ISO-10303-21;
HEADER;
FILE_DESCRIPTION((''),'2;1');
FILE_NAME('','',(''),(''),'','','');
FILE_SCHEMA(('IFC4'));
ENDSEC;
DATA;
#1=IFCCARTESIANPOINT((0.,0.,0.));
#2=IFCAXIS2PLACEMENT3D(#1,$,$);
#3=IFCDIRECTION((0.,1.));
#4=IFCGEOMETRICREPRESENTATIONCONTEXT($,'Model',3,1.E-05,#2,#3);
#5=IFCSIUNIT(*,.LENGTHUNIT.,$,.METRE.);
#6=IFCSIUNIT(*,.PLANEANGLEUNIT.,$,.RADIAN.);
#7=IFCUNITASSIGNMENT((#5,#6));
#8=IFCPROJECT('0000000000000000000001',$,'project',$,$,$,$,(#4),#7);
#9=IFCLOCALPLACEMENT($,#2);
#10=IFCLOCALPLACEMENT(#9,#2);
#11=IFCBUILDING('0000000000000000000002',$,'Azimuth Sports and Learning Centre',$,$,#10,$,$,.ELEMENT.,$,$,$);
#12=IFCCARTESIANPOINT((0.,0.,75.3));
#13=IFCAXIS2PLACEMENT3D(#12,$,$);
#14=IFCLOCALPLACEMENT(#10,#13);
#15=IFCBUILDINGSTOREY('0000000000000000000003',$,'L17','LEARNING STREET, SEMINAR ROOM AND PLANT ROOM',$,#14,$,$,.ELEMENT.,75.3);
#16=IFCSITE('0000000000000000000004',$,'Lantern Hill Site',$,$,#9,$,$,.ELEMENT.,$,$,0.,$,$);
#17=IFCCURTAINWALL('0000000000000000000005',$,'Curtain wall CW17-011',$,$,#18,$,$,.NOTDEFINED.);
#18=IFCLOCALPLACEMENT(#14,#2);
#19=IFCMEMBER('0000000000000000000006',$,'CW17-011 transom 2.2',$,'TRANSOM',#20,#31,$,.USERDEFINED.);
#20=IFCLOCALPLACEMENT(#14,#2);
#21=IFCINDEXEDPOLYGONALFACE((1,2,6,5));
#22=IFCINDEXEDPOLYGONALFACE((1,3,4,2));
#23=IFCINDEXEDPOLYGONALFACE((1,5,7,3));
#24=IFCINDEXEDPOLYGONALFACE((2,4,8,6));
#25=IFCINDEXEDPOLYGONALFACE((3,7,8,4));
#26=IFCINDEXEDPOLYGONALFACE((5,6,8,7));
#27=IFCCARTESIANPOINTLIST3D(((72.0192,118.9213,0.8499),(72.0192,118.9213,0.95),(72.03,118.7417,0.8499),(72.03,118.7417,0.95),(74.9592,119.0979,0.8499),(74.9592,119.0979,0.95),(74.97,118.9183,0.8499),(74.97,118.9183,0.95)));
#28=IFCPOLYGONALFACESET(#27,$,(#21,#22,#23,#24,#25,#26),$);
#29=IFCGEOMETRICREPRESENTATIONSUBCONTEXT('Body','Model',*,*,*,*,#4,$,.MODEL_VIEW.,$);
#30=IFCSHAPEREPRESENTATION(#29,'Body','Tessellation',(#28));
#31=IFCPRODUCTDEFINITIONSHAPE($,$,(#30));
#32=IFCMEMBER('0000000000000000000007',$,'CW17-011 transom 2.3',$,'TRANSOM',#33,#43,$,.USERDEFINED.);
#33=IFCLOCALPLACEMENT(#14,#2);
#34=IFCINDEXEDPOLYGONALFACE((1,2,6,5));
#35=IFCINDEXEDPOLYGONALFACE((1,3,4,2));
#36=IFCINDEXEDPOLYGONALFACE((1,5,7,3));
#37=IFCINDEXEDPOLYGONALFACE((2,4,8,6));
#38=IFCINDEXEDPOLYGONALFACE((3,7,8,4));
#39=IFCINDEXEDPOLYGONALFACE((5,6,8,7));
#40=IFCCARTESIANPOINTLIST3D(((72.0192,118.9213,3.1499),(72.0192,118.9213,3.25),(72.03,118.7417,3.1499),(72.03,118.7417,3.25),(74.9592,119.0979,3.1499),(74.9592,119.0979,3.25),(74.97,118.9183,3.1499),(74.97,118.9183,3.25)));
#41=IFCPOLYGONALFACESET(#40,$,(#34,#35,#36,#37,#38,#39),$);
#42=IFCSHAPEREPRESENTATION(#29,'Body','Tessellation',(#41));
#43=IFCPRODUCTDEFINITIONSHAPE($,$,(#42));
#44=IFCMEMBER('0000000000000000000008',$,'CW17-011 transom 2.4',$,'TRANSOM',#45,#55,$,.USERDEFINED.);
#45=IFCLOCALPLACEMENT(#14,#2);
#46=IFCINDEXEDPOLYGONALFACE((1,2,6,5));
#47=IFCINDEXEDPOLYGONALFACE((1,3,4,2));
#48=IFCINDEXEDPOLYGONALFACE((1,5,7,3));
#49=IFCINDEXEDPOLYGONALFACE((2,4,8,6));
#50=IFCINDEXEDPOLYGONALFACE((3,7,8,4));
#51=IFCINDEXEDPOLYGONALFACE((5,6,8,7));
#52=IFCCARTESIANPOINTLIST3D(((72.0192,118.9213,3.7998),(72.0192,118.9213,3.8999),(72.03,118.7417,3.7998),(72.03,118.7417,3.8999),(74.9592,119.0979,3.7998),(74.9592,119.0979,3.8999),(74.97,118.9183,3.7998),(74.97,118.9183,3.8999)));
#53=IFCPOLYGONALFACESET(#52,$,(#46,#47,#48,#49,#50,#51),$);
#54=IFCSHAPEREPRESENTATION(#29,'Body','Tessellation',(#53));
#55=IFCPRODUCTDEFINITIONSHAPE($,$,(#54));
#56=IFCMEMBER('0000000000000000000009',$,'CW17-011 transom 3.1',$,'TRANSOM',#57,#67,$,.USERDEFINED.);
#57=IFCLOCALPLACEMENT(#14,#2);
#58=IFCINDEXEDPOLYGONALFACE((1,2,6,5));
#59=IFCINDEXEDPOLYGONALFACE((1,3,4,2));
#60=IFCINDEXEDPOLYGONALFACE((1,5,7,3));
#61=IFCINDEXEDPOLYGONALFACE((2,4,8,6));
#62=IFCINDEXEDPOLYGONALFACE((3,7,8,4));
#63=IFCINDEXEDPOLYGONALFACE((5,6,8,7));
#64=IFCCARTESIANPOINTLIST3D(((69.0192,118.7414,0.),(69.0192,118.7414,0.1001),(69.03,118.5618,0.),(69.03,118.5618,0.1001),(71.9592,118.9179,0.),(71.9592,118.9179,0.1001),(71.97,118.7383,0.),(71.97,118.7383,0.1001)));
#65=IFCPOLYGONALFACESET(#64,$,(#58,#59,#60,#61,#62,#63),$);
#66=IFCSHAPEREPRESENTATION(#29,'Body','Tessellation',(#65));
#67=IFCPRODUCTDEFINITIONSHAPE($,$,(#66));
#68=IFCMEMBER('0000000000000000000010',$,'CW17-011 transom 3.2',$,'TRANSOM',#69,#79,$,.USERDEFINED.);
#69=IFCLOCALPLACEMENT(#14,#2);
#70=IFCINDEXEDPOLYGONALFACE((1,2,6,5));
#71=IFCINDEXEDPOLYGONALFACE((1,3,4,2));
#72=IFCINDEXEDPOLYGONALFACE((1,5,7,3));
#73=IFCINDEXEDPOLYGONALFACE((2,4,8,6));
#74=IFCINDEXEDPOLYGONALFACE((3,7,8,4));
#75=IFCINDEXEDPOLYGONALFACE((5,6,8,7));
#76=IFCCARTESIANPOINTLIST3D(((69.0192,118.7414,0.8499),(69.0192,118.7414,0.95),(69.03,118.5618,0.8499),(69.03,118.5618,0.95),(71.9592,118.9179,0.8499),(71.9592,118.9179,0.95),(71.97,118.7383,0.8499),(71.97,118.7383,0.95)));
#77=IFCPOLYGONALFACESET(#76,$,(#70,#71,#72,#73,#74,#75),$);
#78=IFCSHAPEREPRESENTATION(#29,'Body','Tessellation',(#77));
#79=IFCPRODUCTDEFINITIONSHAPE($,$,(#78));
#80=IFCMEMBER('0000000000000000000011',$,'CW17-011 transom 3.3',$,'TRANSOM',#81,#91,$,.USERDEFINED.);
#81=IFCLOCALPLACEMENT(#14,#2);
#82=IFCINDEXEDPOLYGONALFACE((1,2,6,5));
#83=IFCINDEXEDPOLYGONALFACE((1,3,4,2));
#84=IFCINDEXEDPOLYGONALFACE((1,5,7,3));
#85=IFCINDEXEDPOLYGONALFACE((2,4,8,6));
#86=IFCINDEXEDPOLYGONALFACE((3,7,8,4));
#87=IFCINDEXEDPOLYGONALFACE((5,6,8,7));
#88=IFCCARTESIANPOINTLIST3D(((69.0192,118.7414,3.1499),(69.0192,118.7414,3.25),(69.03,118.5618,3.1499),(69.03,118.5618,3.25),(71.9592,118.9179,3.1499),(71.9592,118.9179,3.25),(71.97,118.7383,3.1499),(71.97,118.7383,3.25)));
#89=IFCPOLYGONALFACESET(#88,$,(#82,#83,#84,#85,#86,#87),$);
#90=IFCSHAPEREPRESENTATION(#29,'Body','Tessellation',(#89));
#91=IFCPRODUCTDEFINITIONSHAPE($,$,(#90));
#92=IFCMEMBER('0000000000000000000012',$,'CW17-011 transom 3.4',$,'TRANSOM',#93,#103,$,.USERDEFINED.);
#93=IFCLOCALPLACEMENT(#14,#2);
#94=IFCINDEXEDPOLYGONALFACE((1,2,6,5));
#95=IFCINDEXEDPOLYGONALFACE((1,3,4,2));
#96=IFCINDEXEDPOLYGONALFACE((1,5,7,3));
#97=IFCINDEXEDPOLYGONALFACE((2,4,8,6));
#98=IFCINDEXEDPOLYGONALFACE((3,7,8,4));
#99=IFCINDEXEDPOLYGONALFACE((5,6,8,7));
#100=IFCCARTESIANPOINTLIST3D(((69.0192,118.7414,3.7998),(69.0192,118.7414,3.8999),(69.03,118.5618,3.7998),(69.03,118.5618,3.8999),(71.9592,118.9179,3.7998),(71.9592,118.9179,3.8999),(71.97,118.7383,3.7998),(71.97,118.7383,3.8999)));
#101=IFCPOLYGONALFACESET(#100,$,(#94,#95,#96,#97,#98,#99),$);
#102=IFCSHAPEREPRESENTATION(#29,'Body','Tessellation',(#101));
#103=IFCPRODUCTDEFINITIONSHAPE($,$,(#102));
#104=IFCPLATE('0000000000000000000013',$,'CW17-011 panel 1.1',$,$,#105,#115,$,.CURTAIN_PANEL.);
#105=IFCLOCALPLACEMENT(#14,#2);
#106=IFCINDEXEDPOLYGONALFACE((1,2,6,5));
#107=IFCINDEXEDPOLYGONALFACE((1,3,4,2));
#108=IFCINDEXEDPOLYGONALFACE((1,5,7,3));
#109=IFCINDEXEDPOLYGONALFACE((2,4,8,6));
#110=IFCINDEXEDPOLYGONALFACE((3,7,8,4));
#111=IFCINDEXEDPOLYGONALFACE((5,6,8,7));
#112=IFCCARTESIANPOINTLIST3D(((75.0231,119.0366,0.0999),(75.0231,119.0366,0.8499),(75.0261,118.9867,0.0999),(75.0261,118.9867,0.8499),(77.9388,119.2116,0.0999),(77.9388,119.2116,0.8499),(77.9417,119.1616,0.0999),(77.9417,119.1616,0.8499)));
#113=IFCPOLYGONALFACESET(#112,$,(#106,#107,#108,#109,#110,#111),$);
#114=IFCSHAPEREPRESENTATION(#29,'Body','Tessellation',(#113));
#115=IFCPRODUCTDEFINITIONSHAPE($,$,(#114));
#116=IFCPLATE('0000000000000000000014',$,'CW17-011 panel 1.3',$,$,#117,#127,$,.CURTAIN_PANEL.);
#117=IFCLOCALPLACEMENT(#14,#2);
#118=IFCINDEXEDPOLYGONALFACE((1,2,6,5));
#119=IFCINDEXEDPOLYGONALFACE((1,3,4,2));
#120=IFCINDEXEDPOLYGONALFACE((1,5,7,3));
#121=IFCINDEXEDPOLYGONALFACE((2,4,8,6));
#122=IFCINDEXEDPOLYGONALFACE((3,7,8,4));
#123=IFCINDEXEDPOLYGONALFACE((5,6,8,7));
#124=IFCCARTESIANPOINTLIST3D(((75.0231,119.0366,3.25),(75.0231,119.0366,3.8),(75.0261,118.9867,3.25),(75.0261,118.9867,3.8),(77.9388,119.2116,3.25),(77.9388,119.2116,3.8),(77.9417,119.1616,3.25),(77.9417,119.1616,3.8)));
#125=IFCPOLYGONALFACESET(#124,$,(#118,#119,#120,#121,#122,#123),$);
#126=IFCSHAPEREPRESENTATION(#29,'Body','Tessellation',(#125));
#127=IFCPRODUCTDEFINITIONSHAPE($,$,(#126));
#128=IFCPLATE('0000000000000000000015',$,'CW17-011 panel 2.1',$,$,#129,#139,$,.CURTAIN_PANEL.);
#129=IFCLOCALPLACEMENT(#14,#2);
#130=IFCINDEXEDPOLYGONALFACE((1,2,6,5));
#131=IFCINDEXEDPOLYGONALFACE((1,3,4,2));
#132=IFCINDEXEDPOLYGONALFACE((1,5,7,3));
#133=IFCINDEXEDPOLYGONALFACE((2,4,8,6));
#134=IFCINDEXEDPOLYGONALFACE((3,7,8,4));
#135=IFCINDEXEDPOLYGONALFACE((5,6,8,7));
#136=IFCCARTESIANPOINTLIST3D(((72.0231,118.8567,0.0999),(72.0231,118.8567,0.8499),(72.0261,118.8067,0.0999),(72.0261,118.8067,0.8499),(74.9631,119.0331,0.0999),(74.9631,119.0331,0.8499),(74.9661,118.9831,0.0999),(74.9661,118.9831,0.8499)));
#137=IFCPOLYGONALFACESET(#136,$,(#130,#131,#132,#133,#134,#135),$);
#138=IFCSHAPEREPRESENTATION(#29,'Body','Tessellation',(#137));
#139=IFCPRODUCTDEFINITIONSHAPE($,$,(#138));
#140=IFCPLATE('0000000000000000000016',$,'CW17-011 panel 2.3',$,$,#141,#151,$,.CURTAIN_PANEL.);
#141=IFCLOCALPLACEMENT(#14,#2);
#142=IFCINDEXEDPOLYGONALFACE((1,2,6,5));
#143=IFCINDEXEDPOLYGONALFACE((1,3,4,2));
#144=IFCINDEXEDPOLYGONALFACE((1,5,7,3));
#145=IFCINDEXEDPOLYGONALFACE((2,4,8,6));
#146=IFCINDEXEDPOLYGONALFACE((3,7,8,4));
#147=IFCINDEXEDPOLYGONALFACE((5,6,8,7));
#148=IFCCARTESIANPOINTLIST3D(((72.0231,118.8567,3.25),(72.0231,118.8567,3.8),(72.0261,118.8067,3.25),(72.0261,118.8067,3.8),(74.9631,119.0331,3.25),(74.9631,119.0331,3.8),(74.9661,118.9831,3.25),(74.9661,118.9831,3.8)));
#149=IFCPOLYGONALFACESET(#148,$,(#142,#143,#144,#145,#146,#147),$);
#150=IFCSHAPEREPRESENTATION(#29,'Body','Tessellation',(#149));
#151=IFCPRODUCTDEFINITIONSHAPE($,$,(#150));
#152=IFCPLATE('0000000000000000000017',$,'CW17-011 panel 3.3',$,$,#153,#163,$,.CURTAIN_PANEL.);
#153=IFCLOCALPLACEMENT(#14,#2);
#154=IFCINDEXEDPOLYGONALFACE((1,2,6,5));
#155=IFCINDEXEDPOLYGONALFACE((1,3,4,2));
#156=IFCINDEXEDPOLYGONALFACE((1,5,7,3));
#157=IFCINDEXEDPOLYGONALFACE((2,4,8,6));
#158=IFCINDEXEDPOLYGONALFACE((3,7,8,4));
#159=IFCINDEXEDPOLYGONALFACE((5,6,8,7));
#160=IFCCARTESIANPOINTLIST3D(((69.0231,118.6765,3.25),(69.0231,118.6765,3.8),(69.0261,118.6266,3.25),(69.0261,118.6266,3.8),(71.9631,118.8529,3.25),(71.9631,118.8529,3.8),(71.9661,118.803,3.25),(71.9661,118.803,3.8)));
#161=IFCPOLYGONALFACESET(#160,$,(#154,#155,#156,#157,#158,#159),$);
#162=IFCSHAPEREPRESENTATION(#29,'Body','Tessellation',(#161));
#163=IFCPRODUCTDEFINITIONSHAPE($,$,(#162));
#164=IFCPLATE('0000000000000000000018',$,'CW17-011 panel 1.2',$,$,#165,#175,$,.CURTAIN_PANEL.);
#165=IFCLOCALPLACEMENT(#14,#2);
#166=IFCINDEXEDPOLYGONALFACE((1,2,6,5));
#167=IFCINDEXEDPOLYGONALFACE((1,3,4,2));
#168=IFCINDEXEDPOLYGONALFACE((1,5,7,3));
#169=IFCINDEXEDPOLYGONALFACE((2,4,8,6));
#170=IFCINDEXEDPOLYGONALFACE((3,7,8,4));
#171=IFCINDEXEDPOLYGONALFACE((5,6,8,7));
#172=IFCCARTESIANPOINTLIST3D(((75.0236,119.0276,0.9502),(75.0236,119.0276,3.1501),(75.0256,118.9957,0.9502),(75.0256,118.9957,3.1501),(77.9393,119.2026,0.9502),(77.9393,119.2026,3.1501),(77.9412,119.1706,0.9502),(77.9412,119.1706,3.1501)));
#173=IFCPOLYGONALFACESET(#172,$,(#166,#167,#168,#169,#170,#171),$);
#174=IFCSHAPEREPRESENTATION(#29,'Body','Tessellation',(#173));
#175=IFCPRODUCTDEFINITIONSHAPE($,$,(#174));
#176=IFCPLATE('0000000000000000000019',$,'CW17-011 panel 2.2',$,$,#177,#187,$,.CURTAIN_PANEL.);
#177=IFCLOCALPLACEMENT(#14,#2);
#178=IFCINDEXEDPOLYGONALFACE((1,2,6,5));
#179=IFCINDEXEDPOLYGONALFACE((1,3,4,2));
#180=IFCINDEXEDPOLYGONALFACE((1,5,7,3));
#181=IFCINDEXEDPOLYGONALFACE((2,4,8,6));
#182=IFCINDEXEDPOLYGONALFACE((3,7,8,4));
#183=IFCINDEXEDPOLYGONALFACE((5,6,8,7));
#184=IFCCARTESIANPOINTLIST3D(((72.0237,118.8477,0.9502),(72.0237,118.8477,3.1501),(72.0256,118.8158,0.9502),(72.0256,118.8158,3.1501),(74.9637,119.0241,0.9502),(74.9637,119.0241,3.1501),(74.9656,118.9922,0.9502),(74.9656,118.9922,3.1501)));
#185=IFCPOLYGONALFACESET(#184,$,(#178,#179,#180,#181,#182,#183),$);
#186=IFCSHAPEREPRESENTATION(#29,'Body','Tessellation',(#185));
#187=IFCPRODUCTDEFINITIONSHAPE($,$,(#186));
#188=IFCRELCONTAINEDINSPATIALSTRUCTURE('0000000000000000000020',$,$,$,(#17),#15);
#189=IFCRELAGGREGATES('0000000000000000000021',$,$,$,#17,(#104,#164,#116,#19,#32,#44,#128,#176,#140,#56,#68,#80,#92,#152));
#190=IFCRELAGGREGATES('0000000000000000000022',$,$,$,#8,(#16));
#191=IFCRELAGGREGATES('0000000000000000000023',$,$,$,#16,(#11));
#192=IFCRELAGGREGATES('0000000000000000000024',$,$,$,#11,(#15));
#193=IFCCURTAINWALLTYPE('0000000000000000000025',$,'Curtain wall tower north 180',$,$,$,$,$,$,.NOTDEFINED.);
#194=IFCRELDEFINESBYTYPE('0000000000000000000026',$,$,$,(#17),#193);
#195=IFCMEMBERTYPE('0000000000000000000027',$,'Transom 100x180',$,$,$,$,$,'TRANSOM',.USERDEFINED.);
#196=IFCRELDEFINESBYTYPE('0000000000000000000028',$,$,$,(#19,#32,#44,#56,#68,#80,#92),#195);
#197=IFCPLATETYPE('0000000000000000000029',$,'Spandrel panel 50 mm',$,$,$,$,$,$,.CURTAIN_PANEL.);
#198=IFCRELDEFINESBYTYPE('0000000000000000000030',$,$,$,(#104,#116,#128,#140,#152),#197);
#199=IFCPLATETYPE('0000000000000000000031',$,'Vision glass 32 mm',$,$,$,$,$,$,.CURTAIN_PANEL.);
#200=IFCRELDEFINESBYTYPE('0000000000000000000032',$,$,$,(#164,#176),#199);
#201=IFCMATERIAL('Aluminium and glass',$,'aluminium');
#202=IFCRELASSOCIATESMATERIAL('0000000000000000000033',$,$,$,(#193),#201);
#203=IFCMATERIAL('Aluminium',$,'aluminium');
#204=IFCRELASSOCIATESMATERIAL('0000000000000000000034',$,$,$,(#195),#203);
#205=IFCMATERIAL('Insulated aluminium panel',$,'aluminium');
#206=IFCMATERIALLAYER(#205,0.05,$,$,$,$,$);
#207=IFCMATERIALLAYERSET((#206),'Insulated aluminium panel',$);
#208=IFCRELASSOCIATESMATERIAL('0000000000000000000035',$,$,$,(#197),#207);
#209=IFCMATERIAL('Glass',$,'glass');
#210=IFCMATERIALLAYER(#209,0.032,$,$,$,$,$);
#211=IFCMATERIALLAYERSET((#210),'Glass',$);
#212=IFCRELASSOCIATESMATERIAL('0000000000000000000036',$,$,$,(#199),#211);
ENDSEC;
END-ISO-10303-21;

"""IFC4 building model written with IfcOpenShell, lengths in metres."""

from ifc_helpers import new_model, si_unit, direction, frame, origin, origin_2d, place, context, subcontext, project, spatial, rectangle, extrude, material, layer, layer_set, material_profile, profile_set, type_object, element, aggregate, save


model = new_model("IFC4")

# Units and contexts
model_context = context("Model", 3, precision=1e-05, world=origin(), true_north=direction((0.0, 1.0)))
body_context = subcontext(model_context, "Body", "Model", "MODEL_VIEW")
ifc_project = project(units=[si_unit("LENGTHUNIT", "METRE"), si_unit("PLANEANGLEUNIT", "RADIAN")], contexts=[model_context])

# Site, building, storey
site_placement = place(None, origin())
site = spatial("IfcSite", under=ifc_project, at=site_placement, Name="Lantern Hill Site", CompositionType="ELEMENT", RefElevation=0.0)
building_placement = place(site_placement, origin())
building = spatial("IfcBuilding", under=site, at=building_placement, Name="Azimuth Sports and Learning Centre", CompositionType="ELEMENT")
storey_placement = place(building_placement, frame((0.0, 0.0, 75.3)))
storey = spatial("IfcBuildingStorey", under=building, at=storey_placement, Name="L17", Description="LEARNING STREET, SEMINAR ROOM AND PLANT ROOM", CompositionType="ELEMENT", Elevation=75.3)

# Curtain wall, members, plates
ifc_material_1 = material(Name="Aluminium and glass", Category="aluminium")
curtain_wall_type = type_object("IfcCurtainWallType", Name="Curtain wall tower north 180", PredefinedType="NOTDEFINED", material=ifc_material_1)
curtain_wall_placement = place(storey_placement, origin())
curtain_wall = element("IfcCurtainWall", 1, at=curtain_wall_placement, inside=storey, type_object=curtain_wall_type, Name="Curtain wall CW17-011", PredefinedType="NOTDEFINED")
ifc_material_2 = material(Name="Aluminium", Category="aluminium")
ifc_material_profile_1 = material_profile(ifc_material_2, rectangle(XDim=0.1799, YDim=0.1001, at=origin_2d()), Name="Transom 100x180")
ifc_profile_set_1 = profile_set([ifc_material_profile_1], Name="Aluminium")
member_type_1 = type_object("IfcMemberType", Name="Transom 100x180", ElementType="TRANSOM", PredefinedType="USERDEFINED", material=ifc_profile_set_1)
member_1_placement = place(storey_placement, frame((74.9646, 119.0081, 0.8999), z_axis=(-0.998202, -0.059932, 0.0), x_axis=(0.059932, -0.998202, 0.0)))
member_1 = element("IfcMember", 2, at=member_1_placement, type_object=member_type_1, Name="CW17-011 transom 2.2", ObjectType="TRANSOM", PredefinedType="USERDEFINED", context=body_context, shape_type="SweptSolid", body=[
    extrude(rectangle(XDim=0.1799, YDim=0.1001, at=origin_2d()), origin(), (0.0, 0.0, 1.0), 2.9453),
])
member_2_placement = place(storey_placement, frame((74.9646, 119.0081, 3.2), z_axis=(-0.998202, -0.059932, 0.0), x_axis=(0.059932, -0.998202, 0.0)))
member_2 = element("IfcMember", 3, at=member_2_placement, type_object=member_type_1, Name="CW17-011 transom 2.3", ObjectType="TRANSOM", PredefinedType="USERDEFINED", context=body_context, shape_type="SweptSolid", body=[
    extrude(rectangle(XDim=0.1799, YDim=0.1001, at=origin_2d()), origin(), (0.0, 0.0, 1.0), 2.9453),
])
member_3_placement = place(storey_placement, frame((74.9646, 119.0081, 3.8499), z_axis=(-0.998202, -0.059932, 0.0), x_axis=(0.059932, -0.998202, 0.0)))
member_3 = element("IfcMember", 4, at=member_3_placement, type_object=member_type_1, Name="CW17-011 transom 2.4", ObjectType="TRANSOM", PredefinedType="USERDEFINED", context=body_context, shape_type="SweptSolid", body=[
    extrude(rectangle(XDim=0.1799, YDim=0.1001, at=origin_2d()), origin(), (0.0, 0.0, 1.0), 2.9453),
])
member_4_placement = place(storey_placement, frame((71.9646, 118.8281, 0.05), z_axis=(-0.998202, -0.059932, 0.0), x_axis=(0.059932, -0.998202, 0.0)))
member_4 = element("IfcMember", 5, at=member_4_placement, type_object=member_type_1, Name="CW17-011 transom 3.1", ObjectType="TRANSOM", PredefinedType="USERDEFINED", context=body_context, shape_type="SweptSolid", body=[
    extrude(rectangle(XDim=0.1799, YDim=0.1001, at=origin_2d()), origin(), (0.0, 0.0, 1.0), 2.9453),
])
member_5_placement = place(storey_placement, frame((71.9646, 118.8281, 0.8999), z_axis=(-0.998202, -0.059932, 0.0), x_axis=(0.059932, -0.998202, 0.0)))
member_5 = element("IfcMember", 6, at=member_5_placement, type_object=member_type_1, Name="CW17-011 transom 3.2", ObjectType="TRANSOM", PredefinedType="USERDEFINED", context=body_context, shape_type="SweptSolid", body=[
    extrude(rectangle(XDim=0.1799, YDim=0.1001, at=origin_2d()), origin(), (0.0, 0.0, 1.0), 2.9453),
])
member_6_placement = place(storey_placement, frame((71.9646, 118.8281, 3.2), z_axis=(-0.998202, -0.059932, 0.0), x_axis=(0.059932, -0.998202, 0.0)))
member_6 = element("IfcMember", 7, at=member_6_placement, type_object=member_type_1, Name="CW17-011 transom 3.3", ObjectType="TRANSOM", PredefinedType="USERDEFINED", context=body_context, shape_type="SweptSolid", body=[
    extrude(rectangle(XDim=0.1799, YDim=0.1001, at=origin_2d()), origin(), (0.0, 0.0, 1.0), 2.9453),
])
member_7_placement = place(storey_placement, frame((71.9646, 118.8281, 3.8499), z_axis=(-0.998202, -0.059932, 0.0), x_axis=(0.059932, -0.998202, 0.0)))
member_7 = element("IfcMember", 8, at=member_7_placement, type_object=member_type_1, Name="CW17-011 transom 3.4", ObjectType="TRANSOM", PredefinedType="USERDEFINED", context=body_context, shape_type="SweptSolid", body=[
    extrude(rectangle(XDim=0.1799, YDim=0.1001, at=origin_2d()), origin(), (0.0, 0.0, 1.0), 2.9453),
])
ifc_material_3 = material(Name="Insulated aluminium panel", Category="aluminium")
ifc_layer_1 = layer(ifc_material_3, 0.05)
ifc_layer_set_1 = layer_set([ifc_layer_1], Name="Insulated aluminium panel")
plate_type_1 = type_object("IfcPlateType", Name="Spandrel panel 50 mm", PredefinedType="CURTAIN_PANEL", material=ifc_layer_set_1)
plate_1_placement = place(storey_placement, frame((76.4824, 119.0991, 0.0999), z_axis=(0.0, 0.0, 1.0), x_axis=(-0.998205, -0.059892, 0.0)))
plate_1 = element("IfcPlate", 9, at=plate_1_placement, type_object=plate_type_1, Name="CW17-011 panel 1.1", PredefinedType="CURTAIN_PANEL", context=body_context, shape_type="SweptSolid", body=[
    extrude(rectangle(XDim=2.9209, YDim=0.05, at=origin_2d()), origin(), (0.0, 0.0, 1.0), 0.75),
])
plate_2_placement = place(storey_placement, frame((76.4824, 119.0991, 3.25), z_axis=(0.0, 0.0, 1.0), x_axis=(-0.998205, -0.059892, 0.0)))
plate_2 = element("IfcPlate", 10, at=plate_2_placement, type_object=plate_type_1, Name="CW17-011 panel 1.3", PredefinedType="CURTAIN_PANEL", context=body_context, shape_type="SweptSolid", body=[
    extrude(rectangle(XDim=2.9209, YDim=0.05, at=origin_2d()), origin(), (0.0, 0.0, 1.0), 0.55),
])
plate_3_placement = place(storey_placement, frame((73.4946, 118.9199, 0.0999), z_axis=(0.0, 0.0, 1.0), x_axis=(-0.998205, -0.059892, 0.0)))
plate_3 = element("IfcPlate", 11, at=plate_3_placement, type_object=plate_type_1, Name="CW17-011 panel 2.1", PredefinedType="CURTAIN_PANEL", context=body_context, shape_type="SweptSolid", body=[
    extrude(rectangle(XDim=2.9453, YDim=0.05, at=origin_2d()), origin(), (0.0, 0.0, 1.0), 0.75),
])
plate_4_placement = place(storey_placement, frame((73.4946, 118.9199, 3.25), z_axis=(0.0, 0.0, 1.0), x_axis=(-0.998205, -0.059892, 0.0)))
plate_4 = element("IfcPlate", 12, at=plate_4_placement, type_object=plate_type_1, Name="CW17-011 panel 2.3", PredefinedType="CURTAIN_PANEL", context=body_context, shape_type="SweptSolid", body=[
    extrude(rectangle(XDim=2.9453, YDim=0.05, at=origin_2d()), origin(), (0.0, 0.0, 1.0), 0.55),
])
plate_5_placement = place(storey_placement, frame((70.4946, 118.7397, 3.25), z_axis=(0.0, 0.0, 1.0), x_axis=(-0.998205, -0.059892, 0.0)))
plate_5 = element("IfcPlate", 13, at=plate_5_placement, type_object=plate_type_1, Name="CW17-011 panel 3.3", PredefinedType="CURTAIN_PANEL", context=body_context, shape_type="SweptSolid", body=[
    extrude(rectangle(XDim=2.9453, YDim=0.05, at=origin_2d()), origin(), (0.0, 0.0, 1.0), 0.55),
])
ifc_material_4 = material(Name="Glass", Category="glass")
ifc_layer_2 = layer(ifc_material_4, 0.032)
ifc_layer_set_2 = layer_set([ifc_layer_2], Name="Glass")
plate_type_2 = type_object("IfcPlateType", Name="Vision glass 32 mm", PredefinedType="CURTAIN_PANEL", material=ifc_layer_set_2)
plate_6_placement = place(storey_placement, frame((76.4824, 119.0991, 0.9502), z_axis=(0.0, 0.0, 1.0), x_axis=(-0.998205, -0.059892, 0.0)))
plate_6 = element("IfcPlate", 14, at=plate_6_placement, type_object=plate_type_2, Name="CW17-011 panel 1.2", PredefinedType="CURTAIN_PANEL", context=body_context, shape_type="SweptSolid", body=[
    extrude(rectangle(XDim=2.9209, YDim=0.032, at=origin_2d()), origin(), (0.0, 0.0, 1.0), 2.2),
])
plate_7_placement = place(storey_placement, frame((73.4946, 118.9199, 0.9502), z_axis=(0.0, 0.0, 1.0), x_axis=(-0.998205, -0.059892, 0.0)))
plate_7 = element("IfcPlate", 15, at=plate_7_placement, type_object=plate_type_2, Name="CW17-011 panel 2.2", PredefinedType="CURTAIN_PANEL", context=body_context, shape_type="SweptSolid", body=[
    extrude(rectangle(XDim=2.9453, YDim=0.032, at=origin_2d()), origin(), (0.0, 0.0, 1.0), 2.2),
])
aggregate(curtain_wall, [plate_1, plate_6, plate_2, member_1, member_2, member_3, plate_3, plate_7, plate_4, member_4, member_5, member_6, member_7, plate_5])

save(model, "model.ifc")
